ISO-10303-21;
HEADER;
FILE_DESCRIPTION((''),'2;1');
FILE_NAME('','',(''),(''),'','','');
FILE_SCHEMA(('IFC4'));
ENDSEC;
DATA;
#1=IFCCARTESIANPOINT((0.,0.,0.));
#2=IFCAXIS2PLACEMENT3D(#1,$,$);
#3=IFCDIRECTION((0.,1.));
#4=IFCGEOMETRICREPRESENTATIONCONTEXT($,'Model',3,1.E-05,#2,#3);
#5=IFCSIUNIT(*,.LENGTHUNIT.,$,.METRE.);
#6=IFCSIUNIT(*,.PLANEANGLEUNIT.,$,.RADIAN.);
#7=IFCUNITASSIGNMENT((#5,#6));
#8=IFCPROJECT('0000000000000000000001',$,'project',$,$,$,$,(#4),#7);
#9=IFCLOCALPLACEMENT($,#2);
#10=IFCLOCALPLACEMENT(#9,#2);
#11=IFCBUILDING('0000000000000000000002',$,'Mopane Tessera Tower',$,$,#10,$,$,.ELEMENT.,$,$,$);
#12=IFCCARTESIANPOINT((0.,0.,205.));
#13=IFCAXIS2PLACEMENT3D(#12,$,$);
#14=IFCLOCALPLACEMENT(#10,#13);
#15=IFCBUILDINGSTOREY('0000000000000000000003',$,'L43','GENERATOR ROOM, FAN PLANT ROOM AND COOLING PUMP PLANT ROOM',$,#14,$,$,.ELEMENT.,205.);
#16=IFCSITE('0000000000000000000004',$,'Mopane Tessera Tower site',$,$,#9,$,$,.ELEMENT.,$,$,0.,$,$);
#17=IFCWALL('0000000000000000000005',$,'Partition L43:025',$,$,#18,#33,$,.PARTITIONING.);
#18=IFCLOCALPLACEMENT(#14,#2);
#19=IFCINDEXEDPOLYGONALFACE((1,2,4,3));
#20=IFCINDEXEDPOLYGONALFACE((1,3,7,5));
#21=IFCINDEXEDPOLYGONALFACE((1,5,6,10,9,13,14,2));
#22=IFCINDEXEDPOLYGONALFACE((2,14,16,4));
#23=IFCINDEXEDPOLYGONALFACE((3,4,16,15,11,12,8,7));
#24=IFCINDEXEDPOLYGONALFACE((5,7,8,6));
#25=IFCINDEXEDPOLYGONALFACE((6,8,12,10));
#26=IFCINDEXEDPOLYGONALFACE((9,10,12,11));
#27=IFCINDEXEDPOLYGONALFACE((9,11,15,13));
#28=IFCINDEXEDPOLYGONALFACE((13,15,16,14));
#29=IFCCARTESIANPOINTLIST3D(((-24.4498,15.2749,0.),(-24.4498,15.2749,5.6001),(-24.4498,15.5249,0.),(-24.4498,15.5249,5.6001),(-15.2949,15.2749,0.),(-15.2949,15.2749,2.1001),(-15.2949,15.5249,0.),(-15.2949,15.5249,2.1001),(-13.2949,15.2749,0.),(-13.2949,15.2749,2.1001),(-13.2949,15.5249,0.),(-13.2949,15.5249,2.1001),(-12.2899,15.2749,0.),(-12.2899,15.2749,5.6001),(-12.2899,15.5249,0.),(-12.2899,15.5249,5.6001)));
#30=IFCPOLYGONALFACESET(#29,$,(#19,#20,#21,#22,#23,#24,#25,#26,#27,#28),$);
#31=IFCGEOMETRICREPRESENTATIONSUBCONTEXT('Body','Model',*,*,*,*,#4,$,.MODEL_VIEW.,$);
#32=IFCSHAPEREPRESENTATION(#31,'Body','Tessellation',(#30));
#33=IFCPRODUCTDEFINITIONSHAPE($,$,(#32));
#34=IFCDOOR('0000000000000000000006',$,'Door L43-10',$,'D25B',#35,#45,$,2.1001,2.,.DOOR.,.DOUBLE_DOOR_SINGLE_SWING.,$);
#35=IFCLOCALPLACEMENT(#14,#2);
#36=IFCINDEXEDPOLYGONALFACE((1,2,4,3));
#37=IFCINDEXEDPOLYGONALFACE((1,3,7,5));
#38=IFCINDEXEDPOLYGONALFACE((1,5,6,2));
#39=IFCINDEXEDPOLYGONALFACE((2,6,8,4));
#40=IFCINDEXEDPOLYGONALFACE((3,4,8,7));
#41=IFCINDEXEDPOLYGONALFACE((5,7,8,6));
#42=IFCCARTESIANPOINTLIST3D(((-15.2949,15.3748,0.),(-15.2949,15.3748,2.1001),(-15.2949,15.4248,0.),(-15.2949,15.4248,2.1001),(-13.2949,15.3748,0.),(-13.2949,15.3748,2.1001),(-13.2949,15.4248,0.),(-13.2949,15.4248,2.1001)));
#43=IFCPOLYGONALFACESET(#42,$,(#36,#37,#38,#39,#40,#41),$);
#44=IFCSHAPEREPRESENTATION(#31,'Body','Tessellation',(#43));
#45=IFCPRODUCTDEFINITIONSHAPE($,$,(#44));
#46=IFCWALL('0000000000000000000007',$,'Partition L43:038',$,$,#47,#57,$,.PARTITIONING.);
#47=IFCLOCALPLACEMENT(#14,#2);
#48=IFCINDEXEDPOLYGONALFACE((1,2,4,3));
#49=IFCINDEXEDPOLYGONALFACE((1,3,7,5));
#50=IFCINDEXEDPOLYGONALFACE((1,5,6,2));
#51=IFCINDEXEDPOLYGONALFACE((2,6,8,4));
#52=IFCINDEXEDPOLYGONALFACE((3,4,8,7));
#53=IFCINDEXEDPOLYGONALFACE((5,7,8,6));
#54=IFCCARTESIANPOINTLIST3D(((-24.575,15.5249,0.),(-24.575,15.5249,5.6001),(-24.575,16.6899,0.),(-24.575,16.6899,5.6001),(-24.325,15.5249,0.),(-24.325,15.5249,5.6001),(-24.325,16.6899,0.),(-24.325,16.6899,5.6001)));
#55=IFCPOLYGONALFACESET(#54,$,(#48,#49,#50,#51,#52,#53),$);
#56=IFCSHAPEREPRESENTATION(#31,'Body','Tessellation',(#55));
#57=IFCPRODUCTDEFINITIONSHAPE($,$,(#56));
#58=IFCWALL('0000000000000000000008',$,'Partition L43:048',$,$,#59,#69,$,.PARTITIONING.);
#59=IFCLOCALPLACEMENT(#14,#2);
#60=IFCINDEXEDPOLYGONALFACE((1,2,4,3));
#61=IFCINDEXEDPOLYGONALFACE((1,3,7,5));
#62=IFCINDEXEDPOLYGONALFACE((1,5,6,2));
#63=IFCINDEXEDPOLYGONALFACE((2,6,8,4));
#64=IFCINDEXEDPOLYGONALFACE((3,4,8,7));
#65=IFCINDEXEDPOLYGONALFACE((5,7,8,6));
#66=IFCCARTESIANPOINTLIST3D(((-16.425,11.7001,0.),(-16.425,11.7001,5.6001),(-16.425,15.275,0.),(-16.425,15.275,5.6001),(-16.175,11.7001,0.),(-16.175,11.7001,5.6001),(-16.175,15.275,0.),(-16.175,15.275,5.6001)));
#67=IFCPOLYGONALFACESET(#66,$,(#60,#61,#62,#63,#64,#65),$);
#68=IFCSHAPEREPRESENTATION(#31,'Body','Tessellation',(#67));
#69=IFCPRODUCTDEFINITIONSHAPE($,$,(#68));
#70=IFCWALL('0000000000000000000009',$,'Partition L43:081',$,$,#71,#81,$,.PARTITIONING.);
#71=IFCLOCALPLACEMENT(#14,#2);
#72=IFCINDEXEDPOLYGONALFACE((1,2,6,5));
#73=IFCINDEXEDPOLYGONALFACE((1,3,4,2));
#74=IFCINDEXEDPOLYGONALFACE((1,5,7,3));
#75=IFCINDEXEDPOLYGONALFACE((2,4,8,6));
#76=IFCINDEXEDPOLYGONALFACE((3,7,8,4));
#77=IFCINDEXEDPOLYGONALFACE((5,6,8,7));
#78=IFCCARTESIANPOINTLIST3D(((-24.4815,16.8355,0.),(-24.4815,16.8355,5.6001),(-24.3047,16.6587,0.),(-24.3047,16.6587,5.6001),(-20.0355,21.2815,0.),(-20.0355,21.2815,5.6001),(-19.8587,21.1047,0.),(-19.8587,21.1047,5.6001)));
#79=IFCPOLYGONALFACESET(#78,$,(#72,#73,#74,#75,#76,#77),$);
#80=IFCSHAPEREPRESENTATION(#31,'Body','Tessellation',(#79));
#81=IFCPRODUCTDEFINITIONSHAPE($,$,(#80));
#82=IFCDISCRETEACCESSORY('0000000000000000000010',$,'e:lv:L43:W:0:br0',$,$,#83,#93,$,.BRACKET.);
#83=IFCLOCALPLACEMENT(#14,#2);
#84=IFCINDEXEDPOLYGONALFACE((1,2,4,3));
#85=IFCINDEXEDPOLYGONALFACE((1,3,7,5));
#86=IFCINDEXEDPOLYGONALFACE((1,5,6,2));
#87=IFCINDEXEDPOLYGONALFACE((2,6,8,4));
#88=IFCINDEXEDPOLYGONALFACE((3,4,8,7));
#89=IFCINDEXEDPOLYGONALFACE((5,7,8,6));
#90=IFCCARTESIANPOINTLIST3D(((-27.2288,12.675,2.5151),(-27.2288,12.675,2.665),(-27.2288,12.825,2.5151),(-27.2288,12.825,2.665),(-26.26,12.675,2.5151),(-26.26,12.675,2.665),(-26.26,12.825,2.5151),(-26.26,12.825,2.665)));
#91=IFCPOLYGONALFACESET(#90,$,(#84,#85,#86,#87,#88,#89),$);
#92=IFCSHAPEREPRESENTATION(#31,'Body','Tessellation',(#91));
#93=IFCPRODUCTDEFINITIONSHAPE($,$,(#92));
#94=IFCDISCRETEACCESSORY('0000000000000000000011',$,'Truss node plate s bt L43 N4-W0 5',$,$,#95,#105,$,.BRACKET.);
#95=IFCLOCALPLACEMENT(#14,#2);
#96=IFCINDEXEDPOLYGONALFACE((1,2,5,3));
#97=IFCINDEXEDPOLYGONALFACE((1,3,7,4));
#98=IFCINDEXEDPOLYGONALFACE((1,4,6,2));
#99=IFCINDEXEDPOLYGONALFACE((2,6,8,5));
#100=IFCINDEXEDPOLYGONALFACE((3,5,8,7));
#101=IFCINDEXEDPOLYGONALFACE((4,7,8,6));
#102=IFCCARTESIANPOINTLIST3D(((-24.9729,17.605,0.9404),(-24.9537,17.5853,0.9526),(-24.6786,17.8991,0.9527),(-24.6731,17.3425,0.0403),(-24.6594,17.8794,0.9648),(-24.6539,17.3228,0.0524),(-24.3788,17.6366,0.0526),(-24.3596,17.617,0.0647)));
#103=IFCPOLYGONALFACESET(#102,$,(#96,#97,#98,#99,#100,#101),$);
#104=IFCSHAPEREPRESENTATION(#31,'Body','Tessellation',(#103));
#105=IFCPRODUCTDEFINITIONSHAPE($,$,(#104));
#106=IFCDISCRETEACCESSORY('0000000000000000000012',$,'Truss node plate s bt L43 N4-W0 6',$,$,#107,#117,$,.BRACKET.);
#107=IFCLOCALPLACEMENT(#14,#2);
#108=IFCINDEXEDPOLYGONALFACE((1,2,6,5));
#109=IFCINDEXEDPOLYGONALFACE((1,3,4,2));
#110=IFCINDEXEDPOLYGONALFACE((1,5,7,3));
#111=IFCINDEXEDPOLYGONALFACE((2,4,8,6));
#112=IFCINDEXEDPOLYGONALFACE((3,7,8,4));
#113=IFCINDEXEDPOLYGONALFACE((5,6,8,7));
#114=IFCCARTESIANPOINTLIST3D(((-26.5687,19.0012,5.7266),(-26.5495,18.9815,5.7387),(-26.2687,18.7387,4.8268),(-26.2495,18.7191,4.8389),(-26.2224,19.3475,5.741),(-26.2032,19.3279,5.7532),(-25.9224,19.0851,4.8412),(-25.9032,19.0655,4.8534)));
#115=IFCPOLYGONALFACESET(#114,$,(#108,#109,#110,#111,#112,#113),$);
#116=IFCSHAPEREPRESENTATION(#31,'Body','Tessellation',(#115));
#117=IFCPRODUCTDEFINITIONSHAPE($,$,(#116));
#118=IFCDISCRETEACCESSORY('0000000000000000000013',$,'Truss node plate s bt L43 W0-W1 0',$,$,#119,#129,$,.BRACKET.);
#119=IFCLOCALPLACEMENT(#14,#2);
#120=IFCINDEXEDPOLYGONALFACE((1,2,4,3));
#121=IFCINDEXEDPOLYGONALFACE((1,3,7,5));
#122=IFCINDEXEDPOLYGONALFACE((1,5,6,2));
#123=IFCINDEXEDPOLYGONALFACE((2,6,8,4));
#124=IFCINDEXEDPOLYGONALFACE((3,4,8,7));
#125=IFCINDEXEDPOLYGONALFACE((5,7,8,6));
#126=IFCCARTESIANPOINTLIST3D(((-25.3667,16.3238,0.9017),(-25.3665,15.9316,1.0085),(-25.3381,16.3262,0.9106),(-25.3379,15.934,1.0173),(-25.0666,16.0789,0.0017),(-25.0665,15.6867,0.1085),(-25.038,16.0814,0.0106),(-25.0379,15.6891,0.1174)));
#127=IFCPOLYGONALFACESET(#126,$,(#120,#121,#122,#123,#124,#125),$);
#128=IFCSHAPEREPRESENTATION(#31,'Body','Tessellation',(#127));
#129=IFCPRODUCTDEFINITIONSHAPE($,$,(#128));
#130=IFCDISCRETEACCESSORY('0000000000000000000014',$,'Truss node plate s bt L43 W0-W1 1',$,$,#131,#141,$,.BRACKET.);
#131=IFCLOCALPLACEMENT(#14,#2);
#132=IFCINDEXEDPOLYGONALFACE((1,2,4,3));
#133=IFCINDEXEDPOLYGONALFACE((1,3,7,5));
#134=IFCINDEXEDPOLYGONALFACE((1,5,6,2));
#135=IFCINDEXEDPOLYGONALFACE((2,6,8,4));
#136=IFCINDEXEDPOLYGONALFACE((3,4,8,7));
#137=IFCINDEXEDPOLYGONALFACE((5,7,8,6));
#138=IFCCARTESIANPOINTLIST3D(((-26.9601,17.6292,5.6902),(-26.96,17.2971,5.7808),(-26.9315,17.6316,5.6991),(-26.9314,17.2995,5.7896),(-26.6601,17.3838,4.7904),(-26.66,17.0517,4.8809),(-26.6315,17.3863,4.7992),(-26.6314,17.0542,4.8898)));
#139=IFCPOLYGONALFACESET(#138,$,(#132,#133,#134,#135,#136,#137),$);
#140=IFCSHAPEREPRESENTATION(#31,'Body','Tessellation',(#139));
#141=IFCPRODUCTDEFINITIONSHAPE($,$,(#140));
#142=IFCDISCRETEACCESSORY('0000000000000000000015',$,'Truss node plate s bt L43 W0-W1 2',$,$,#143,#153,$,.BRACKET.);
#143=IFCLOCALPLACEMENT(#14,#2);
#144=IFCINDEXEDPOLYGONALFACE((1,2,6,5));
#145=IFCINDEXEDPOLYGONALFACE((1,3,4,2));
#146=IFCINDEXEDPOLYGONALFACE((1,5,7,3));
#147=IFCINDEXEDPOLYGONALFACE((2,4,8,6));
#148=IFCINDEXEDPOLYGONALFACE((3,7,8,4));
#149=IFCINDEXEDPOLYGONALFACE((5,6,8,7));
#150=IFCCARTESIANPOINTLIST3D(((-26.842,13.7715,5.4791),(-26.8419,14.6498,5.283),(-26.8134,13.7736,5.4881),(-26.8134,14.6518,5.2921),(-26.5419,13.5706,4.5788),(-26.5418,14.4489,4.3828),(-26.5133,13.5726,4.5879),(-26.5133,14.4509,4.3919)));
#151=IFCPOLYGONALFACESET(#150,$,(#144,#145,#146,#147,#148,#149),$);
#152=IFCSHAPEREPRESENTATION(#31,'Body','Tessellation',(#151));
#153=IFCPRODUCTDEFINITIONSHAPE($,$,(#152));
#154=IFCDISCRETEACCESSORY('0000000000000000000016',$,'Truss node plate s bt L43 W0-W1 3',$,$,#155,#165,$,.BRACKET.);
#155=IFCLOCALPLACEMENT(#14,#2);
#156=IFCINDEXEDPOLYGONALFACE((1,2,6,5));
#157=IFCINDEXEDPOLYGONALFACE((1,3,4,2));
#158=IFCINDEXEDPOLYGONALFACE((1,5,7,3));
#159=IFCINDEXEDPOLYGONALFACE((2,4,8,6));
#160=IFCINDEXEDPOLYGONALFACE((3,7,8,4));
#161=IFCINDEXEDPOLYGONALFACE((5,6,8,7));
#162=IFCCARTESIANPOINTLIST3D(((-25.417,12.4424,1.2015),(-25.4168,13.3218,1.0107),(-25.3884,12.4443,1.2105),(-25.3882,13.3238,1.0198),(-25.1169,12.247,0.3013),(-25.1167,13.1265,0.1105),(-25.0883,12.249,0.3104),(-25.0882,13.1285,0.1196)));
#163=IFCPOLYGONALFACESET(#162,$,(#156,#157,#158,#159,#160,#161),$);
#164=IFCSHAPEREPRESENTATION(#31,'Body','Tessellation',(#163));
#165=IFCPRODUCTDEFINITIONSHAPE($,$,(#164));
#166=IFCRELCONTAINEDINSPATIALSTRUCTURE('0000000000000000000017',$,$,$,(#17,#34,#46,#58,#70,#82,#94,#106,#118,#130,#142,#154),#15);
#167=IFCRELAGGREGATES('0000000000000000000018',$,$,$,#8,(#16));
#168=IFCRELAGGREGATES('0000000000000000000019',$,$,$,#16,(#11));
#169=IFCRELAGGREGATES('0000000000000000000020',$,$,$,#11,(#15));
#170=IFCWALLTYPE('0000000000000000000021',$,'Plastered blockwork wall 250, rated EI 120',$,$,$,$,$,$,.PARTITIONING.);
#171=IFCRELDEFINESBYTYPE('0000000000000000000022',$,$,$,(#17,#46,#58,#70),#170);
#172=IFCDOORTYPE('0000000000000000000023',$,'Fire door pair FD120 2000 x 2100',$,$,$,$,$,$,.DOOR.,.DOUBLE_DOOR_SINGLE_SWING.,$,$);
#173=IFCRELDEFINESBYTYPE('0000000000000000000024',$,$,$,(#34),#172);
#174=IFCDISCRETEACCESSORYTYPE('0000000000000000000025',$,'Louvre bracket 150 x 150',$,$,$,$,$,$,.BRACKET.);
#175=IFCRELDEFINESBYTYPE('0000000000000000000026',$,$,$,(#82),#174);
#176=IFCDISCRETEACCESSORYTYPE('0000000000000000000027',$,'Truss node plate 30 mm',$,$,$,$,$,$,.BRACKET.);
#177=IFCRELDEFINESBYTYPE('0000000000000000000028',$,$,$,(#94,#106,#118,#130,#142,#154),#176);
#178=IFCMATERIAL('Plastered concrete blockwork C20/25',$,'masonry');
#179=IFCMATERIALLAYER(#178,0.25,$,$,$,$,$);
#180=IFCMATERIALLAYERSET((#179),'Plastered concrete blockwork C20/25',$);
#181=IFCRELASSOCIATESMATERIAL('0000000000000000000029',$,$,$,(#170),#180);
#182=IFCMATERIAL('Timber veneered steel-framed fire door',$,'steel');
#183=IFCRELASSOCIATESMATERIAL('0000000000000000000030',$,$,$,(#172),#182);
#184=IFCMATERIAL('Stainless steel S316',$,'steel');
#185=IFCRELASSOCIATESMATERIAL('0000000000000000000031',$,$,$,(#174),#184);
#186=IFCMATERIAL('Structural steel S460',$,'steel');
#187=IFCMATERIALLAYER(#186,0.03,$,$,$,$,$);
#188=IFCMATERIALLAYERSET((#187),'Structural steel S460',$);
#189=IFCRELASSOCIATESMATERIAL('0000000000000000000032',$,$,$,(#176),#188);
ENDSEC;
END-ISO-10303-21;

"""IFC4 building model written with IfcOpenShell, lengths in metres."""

from ifc_helpers import new_model, si_unit, direction, frame, frame_2d, origin, origin_2d, place, context, subcontext, project, spatial, rectangle, extrude, material, layer, layer_set, type_object, element, fill, save


model = new_model("IFC4")

# Units and contexts
model_context = context("Model", 3, precision=1e-05, world=origin(), true_north=direction((0.0, 1.0)))
body_context = subcontext(model_context, "Body", "Model", "MODEL_VIEW")
ifc_project = project(units=[si_unit("LENGTHUNIT", "METRE"), si_unit("PLANEANGLEUNIT", "RADIAN")], contexts=[model_context])

# Site, building, storey
site_placement = place(None, origin())
site = spatial("IfcSite", under=ifc_project, at=site_placement, Name="Mopane Tessera Tower site", CompositionType="ELEMENT", RefElevation=0.0)
building_placement = place(site_placement, origin())
building = spatial("IfcBuilding", under=site, at=building_placement, Name="Mopane Tessera Tower", CompositionType="ELEMENT")
storey_placement = place(building_placement, frame((0.0, 0.0, 205.0)))
storey = spatial("IfcBuildingStorey", under=building, at=storey_placement, Name="L43", Description="GENERATOR ROOM, FAN PLANT ROOM AND COOLING PUMP PLANT ROOM", CompositionType="ELEMENT", Elevation=205.0)

# Wall, opening, door
ifc_material_1 = material(Name="Plastered concrete blockwork C20/25", Category="masonry")
ifc_layer_1 = layer(ifc_material_1, 0.25)
ifc_layer_set_1 = layer_set([ifc_layer_1], Name="Plastered concrete blockwork C20/25")
wall_type = type_object("IfcWallType", Name="Plastered blockwork wall 250, rated EI 120", PredefinedType="PARTITIONING", material=ifc_layer_set_1)
wall_1_placement = place(storey_placement, frame((-24.45, 15.3999, 0.0), z_axis=(0.0, 0.0, 1.0), x_axis=(1.0, 0.0, 0.0)))
wall_1 = element("IfcWall", 1, at=wall_1_placement, inside=storey, type_object=wall_type, Name="Partition L43:025", PredefinedType="PARTITIONING", context=body_context, shape_type="SweptSolid", body=[
    extrude(rectangle(XDim=12.1599, YDim=0.25, at=frame_2d((6.0801, 0.0))), origin(), (0.0, 0.0, 1.0), 5.6001),
])
opening_placement = place(wall_1_placement, frame((9.155, 0.0, 0.0)))
opening = element("IfcOpeningElement", 2, at=opening_placement, cuts=wall_1, PredefinedType="OPENING", context=body_context, shape_type="SweptSolid", body=[
    extrude(rectangle(XDim=2.0, YDim=2.1001, at=frame_2d((1.0, 1.05))), frame((0.0, 0.137, 0.0), z_axis=(0.0, -1.0, 0.0), x_axis=(1.0, 0.0, 0.0)), (0.0, 0.0, 1.0), 0.2739),
])
ifc_material_2 = material(Name="Timber veneered steel-framed fire door", Category="steel")
door_type = type_object("IfcDoorType", Name="Fire door pair FD120 2000 x 2100", OperationType="DOUBLE_DOOR_SINGLE_SWING", PredefinedType="DOOR", material=ifc_material_2)
door_placement = place(opening_placement, origin())
door = element("IfcDoor", 3, at=door_placement, inside=storey, type_object=door_type, Name="Door L43-10", ObjectType="D25B", OperationType="DOUBLE_DOOR_SINGLE_SWING", OverallHeight=2.1001, OverallWidth=2.0, PredefinedType="DOOR", context=body_context, shape_type="SweptSolid", body=[
    extrude(rectangle(XDim=2.0, YDim=2.1001, at=frame_2d((1.0, 1.05))), frame((0.0, 0.0249, 0.0), z_axis=(0.0, -1.0, 0.0), x_axis=(1.0, 0.0, 0.0)), (0.0, 0.0, 1.0), 0.05),
])
fill(opening, door)

# Walls
wall_2_placement = place(storey_placement, frame((-24.45, 15.5249, 0.0), z_axis=(0.0, 0.0, 1.0), x_axis=(0.0, 1.0, 0.0)))
element("IfcWall", 4, at=wall_2_placement, inside=storey, type_object=wall_type, Name="Partition L43:038", PredefinedType="PARTITIONING", context=body_context, shape_type="SweptSolid", body=[
    extrude(rectangle(XDim=1.165, YDim=0.25, at=frame_2d((0.5825, 0.0))), origin(), (0.0, 0.0, 1.0), 5.6001),
])
wall_3_placement = place(storey_placement, frame((-16.3, 11.7, 0.0), z_axis=(0.0, 0.0, 1.0), x_axis=(0.0, 1.0, 0.0)))
element("IfcWall", 5, at=wall_3_placement, inside=storey, type_object=wall_type, Name="Partition L43:048", PredefinedType="PARTITIONING", context=body_context, shape_type="SweptSolid", body=[
    extrude(rectangle(XDim=3.575, YDim=0.25, at=frame_2d((1.7876, 0.0))), origin(), (0.0, 0.0, 1.0), 5.6001),
])
wall_4_placement = place(storey_placement, frame((-24.3931, 16.7471, 0.0), z_axis=(0.0, 0.0, 1.0), x_axis=(0.707107, 0.707107, 0.0)))
element("IfcWall", 6, at=wall_4_placement, inside=storey, type_object=wall_type, Name="Partition L43:081", PredefinedType="PARTITIONING", context=body_context, shape_type="SweptSolid", body=[
    extrude(rectangle(XDim=6.2876, YDim=0.25, at=frame_2d((3.1438, 0.0))), origin(), (0.0, 0.0, 1.0), 5.6001),
])

# Discrete accessories
ifc_material_3 = material(Name="Stainless steel S316", Category="steel")
discrete_accessory_type_1 = type_object("IfcDiscreteAccessoryType", Name="Louvre bracket 150 x 150", PredefinedType="BRACKET", material=ifc_material_3)
discrete_accessory_1_placement = place(storey_placement, frame((-26.7444, 12.75, 2.5151), z_axis=(0.0, 0.0, 1.0), x_axis=(-1.0, 0.0, 0.0)))
element("IfcDiscreteAccessory", 7, at=discrete_accessory_1_placement, inside=storey, type_object=discrete_accessory_type_1, Name="e:lv:L43:W:0:br0", PredefinedType="BRACKET", context=body_context, shape_type="SweptSolid", body=[
    extrude(rectangle(XDim=0.9688, YDim=0.1499, at=origin_2d()), origin(), (0.0, 0.0, 1.0), 0.1499),
])
ifc_material_4 = material(Name="Structural steel S460", Category="steel")
ifc_layer_2 = layer(ifc_material_4, 0.03)
ifc_layer_set_2 = layer_set([ifc_layer_2], Name="Structural steel S460")
discrete_accessory_type_2 = type_object("IfcDiscreteAccessoryType", Name="Truss node plate 30 mm", PredefinedType="BRACKET", material=ifc_layer_set_2)
discrete_accessory_2_placement = place(storey_placement, frame((-24.5164, 17.4797, 0.0525), z_axis=(-0.304558, 0.266613, 0.914419), x_axis=(0.638311, -0.65543, 0.403697)))
element("IfcDiscreteAccessory", 8, at=discrete_accessory_2_placement, inside=storey, type_object=discrete_accessory_type_2, Name="Truss node plate s bt L43 N4-W0 5", PredefinedType="BRACKET", context=body_context, shape_type="SweptSolid", body=[
    extrude(rectangle(XDim=0.03, YDim=0.4163, at=origin_2d()), origin(), (0.0, 0.0, 1.0), 0.9844),
])
discrete_accessory_3_placement = place(storey_placement, frame((-26.0859, 18.9021, 4.8401), z_axis=(-0.304852, 0.266653, 0.914309), x_axis=(0.638493, -0.6551, 0.403945)))
element("IfcDiscreteAccessory", 9, at=discrete_accessory_3_placement, inside=storey, type_object=discrete_accessory_type_2, Name="Truss node plate s bt L43 N4-W0 6", PredefinedType="BRACKET", context=body_context, shape_type="SweptSolid", body=[
    extrude(rectangle(XDim=0.03, YDim=0.49, at=origin_2d()), origin(), (0.0, 0.0, 1.0), 0.9841),
])
discrete_accessory_4_placement = place(storey_placement, frame((-25.0522, 15.884, 0.0596), z_axis=(-0.306265, 0.249946, 0.918547), x_axis=(0.951946, 0.080772, 0.295422)))
element("IfcDiscreteAccessory", 10, at=discrete_accessory_4_placement, inside=storey, type_object=discrete_accessory_type_2, Name="Truss node plate s bt L43 W0-W1 0", PredefinedType="BRACKET", context=body_context, shape_type="SweptSolid", body=[
    extrude(rectangle(XDim=0.03, YDim=0.4065, at=origin_2d()), origin(), (0.0, 0.0, 1.0), 0.9797),
])
discrete_accessory_5_placement = place(storey_placement, frame((-26.6458, 17.219, 4.8401), z_axis=(-0.306227, 0.250414, 0.918432), x_axis=(0.951958, 0.080889, 0.295351)))
element("IfcDiscreteAccessory", 11, at=discrete_accessory_5_placement, inside=storey, type_object=discrete_accessory_type_2, Name="Truss node plate s bt L43 W0-W1 1", PredefinedType="BRACKET", context=body_context, shape_type="SweptSolid", body=[
    extrude(rectangle(XDim=0.03, YDim=0.3442, at=origin_2d()), origin(), (0.0, 0.0, 1.0), 0.9797),
])
discrete_accessory_6_placement = place(storey_placement, frame((-26.5276, 14.0107, 4.4854), z_axis=(-0.309367, 0.207168, 0.928102), x_axis=(0.950943, 0.067357, 0.301946)))
element("IfcDiscreteAccessory", 12, at=discrete_accessory_6_placement, inside=storey, type_object=discrete_accessory_type_2, Name="Truss node plate s bt L43 W0-W1 2", PredefinedType="BRACKET", context=body_context, shape_type="SweptSolid", body=[
    extrude(rectangle(XDim=0.03, YDim=0.8999, at=origin_2d()), origin(), (0.0, 0.0, 1.0), 0.97),
])
discrete_accessory_7_placement = place(storey_placement, frame((-25.1025, 12.6877, 0.2104), z_axis=(-0.309734, 0.201617, 0.929202), x_axis=(0.950823, 0.06549, 0.302731)))
element("IfcDiscreteAccessory", 13, at=discrete_accessory_7_placement, inside=storey, type_object=discrete_accessory_type_2, Name="Truss node plate s bt L43 W0-W1 3", PredefinedType="BRACKET", context=body_context, shape_type="SweptSolid", body=[
    extrude(rectangle(XDim=0.03, YDim=0.8999, at=origin_2d()), origin(), (0.0, 0.0, 1.0), 0.9688),
])

save(model, "model.ifc")
